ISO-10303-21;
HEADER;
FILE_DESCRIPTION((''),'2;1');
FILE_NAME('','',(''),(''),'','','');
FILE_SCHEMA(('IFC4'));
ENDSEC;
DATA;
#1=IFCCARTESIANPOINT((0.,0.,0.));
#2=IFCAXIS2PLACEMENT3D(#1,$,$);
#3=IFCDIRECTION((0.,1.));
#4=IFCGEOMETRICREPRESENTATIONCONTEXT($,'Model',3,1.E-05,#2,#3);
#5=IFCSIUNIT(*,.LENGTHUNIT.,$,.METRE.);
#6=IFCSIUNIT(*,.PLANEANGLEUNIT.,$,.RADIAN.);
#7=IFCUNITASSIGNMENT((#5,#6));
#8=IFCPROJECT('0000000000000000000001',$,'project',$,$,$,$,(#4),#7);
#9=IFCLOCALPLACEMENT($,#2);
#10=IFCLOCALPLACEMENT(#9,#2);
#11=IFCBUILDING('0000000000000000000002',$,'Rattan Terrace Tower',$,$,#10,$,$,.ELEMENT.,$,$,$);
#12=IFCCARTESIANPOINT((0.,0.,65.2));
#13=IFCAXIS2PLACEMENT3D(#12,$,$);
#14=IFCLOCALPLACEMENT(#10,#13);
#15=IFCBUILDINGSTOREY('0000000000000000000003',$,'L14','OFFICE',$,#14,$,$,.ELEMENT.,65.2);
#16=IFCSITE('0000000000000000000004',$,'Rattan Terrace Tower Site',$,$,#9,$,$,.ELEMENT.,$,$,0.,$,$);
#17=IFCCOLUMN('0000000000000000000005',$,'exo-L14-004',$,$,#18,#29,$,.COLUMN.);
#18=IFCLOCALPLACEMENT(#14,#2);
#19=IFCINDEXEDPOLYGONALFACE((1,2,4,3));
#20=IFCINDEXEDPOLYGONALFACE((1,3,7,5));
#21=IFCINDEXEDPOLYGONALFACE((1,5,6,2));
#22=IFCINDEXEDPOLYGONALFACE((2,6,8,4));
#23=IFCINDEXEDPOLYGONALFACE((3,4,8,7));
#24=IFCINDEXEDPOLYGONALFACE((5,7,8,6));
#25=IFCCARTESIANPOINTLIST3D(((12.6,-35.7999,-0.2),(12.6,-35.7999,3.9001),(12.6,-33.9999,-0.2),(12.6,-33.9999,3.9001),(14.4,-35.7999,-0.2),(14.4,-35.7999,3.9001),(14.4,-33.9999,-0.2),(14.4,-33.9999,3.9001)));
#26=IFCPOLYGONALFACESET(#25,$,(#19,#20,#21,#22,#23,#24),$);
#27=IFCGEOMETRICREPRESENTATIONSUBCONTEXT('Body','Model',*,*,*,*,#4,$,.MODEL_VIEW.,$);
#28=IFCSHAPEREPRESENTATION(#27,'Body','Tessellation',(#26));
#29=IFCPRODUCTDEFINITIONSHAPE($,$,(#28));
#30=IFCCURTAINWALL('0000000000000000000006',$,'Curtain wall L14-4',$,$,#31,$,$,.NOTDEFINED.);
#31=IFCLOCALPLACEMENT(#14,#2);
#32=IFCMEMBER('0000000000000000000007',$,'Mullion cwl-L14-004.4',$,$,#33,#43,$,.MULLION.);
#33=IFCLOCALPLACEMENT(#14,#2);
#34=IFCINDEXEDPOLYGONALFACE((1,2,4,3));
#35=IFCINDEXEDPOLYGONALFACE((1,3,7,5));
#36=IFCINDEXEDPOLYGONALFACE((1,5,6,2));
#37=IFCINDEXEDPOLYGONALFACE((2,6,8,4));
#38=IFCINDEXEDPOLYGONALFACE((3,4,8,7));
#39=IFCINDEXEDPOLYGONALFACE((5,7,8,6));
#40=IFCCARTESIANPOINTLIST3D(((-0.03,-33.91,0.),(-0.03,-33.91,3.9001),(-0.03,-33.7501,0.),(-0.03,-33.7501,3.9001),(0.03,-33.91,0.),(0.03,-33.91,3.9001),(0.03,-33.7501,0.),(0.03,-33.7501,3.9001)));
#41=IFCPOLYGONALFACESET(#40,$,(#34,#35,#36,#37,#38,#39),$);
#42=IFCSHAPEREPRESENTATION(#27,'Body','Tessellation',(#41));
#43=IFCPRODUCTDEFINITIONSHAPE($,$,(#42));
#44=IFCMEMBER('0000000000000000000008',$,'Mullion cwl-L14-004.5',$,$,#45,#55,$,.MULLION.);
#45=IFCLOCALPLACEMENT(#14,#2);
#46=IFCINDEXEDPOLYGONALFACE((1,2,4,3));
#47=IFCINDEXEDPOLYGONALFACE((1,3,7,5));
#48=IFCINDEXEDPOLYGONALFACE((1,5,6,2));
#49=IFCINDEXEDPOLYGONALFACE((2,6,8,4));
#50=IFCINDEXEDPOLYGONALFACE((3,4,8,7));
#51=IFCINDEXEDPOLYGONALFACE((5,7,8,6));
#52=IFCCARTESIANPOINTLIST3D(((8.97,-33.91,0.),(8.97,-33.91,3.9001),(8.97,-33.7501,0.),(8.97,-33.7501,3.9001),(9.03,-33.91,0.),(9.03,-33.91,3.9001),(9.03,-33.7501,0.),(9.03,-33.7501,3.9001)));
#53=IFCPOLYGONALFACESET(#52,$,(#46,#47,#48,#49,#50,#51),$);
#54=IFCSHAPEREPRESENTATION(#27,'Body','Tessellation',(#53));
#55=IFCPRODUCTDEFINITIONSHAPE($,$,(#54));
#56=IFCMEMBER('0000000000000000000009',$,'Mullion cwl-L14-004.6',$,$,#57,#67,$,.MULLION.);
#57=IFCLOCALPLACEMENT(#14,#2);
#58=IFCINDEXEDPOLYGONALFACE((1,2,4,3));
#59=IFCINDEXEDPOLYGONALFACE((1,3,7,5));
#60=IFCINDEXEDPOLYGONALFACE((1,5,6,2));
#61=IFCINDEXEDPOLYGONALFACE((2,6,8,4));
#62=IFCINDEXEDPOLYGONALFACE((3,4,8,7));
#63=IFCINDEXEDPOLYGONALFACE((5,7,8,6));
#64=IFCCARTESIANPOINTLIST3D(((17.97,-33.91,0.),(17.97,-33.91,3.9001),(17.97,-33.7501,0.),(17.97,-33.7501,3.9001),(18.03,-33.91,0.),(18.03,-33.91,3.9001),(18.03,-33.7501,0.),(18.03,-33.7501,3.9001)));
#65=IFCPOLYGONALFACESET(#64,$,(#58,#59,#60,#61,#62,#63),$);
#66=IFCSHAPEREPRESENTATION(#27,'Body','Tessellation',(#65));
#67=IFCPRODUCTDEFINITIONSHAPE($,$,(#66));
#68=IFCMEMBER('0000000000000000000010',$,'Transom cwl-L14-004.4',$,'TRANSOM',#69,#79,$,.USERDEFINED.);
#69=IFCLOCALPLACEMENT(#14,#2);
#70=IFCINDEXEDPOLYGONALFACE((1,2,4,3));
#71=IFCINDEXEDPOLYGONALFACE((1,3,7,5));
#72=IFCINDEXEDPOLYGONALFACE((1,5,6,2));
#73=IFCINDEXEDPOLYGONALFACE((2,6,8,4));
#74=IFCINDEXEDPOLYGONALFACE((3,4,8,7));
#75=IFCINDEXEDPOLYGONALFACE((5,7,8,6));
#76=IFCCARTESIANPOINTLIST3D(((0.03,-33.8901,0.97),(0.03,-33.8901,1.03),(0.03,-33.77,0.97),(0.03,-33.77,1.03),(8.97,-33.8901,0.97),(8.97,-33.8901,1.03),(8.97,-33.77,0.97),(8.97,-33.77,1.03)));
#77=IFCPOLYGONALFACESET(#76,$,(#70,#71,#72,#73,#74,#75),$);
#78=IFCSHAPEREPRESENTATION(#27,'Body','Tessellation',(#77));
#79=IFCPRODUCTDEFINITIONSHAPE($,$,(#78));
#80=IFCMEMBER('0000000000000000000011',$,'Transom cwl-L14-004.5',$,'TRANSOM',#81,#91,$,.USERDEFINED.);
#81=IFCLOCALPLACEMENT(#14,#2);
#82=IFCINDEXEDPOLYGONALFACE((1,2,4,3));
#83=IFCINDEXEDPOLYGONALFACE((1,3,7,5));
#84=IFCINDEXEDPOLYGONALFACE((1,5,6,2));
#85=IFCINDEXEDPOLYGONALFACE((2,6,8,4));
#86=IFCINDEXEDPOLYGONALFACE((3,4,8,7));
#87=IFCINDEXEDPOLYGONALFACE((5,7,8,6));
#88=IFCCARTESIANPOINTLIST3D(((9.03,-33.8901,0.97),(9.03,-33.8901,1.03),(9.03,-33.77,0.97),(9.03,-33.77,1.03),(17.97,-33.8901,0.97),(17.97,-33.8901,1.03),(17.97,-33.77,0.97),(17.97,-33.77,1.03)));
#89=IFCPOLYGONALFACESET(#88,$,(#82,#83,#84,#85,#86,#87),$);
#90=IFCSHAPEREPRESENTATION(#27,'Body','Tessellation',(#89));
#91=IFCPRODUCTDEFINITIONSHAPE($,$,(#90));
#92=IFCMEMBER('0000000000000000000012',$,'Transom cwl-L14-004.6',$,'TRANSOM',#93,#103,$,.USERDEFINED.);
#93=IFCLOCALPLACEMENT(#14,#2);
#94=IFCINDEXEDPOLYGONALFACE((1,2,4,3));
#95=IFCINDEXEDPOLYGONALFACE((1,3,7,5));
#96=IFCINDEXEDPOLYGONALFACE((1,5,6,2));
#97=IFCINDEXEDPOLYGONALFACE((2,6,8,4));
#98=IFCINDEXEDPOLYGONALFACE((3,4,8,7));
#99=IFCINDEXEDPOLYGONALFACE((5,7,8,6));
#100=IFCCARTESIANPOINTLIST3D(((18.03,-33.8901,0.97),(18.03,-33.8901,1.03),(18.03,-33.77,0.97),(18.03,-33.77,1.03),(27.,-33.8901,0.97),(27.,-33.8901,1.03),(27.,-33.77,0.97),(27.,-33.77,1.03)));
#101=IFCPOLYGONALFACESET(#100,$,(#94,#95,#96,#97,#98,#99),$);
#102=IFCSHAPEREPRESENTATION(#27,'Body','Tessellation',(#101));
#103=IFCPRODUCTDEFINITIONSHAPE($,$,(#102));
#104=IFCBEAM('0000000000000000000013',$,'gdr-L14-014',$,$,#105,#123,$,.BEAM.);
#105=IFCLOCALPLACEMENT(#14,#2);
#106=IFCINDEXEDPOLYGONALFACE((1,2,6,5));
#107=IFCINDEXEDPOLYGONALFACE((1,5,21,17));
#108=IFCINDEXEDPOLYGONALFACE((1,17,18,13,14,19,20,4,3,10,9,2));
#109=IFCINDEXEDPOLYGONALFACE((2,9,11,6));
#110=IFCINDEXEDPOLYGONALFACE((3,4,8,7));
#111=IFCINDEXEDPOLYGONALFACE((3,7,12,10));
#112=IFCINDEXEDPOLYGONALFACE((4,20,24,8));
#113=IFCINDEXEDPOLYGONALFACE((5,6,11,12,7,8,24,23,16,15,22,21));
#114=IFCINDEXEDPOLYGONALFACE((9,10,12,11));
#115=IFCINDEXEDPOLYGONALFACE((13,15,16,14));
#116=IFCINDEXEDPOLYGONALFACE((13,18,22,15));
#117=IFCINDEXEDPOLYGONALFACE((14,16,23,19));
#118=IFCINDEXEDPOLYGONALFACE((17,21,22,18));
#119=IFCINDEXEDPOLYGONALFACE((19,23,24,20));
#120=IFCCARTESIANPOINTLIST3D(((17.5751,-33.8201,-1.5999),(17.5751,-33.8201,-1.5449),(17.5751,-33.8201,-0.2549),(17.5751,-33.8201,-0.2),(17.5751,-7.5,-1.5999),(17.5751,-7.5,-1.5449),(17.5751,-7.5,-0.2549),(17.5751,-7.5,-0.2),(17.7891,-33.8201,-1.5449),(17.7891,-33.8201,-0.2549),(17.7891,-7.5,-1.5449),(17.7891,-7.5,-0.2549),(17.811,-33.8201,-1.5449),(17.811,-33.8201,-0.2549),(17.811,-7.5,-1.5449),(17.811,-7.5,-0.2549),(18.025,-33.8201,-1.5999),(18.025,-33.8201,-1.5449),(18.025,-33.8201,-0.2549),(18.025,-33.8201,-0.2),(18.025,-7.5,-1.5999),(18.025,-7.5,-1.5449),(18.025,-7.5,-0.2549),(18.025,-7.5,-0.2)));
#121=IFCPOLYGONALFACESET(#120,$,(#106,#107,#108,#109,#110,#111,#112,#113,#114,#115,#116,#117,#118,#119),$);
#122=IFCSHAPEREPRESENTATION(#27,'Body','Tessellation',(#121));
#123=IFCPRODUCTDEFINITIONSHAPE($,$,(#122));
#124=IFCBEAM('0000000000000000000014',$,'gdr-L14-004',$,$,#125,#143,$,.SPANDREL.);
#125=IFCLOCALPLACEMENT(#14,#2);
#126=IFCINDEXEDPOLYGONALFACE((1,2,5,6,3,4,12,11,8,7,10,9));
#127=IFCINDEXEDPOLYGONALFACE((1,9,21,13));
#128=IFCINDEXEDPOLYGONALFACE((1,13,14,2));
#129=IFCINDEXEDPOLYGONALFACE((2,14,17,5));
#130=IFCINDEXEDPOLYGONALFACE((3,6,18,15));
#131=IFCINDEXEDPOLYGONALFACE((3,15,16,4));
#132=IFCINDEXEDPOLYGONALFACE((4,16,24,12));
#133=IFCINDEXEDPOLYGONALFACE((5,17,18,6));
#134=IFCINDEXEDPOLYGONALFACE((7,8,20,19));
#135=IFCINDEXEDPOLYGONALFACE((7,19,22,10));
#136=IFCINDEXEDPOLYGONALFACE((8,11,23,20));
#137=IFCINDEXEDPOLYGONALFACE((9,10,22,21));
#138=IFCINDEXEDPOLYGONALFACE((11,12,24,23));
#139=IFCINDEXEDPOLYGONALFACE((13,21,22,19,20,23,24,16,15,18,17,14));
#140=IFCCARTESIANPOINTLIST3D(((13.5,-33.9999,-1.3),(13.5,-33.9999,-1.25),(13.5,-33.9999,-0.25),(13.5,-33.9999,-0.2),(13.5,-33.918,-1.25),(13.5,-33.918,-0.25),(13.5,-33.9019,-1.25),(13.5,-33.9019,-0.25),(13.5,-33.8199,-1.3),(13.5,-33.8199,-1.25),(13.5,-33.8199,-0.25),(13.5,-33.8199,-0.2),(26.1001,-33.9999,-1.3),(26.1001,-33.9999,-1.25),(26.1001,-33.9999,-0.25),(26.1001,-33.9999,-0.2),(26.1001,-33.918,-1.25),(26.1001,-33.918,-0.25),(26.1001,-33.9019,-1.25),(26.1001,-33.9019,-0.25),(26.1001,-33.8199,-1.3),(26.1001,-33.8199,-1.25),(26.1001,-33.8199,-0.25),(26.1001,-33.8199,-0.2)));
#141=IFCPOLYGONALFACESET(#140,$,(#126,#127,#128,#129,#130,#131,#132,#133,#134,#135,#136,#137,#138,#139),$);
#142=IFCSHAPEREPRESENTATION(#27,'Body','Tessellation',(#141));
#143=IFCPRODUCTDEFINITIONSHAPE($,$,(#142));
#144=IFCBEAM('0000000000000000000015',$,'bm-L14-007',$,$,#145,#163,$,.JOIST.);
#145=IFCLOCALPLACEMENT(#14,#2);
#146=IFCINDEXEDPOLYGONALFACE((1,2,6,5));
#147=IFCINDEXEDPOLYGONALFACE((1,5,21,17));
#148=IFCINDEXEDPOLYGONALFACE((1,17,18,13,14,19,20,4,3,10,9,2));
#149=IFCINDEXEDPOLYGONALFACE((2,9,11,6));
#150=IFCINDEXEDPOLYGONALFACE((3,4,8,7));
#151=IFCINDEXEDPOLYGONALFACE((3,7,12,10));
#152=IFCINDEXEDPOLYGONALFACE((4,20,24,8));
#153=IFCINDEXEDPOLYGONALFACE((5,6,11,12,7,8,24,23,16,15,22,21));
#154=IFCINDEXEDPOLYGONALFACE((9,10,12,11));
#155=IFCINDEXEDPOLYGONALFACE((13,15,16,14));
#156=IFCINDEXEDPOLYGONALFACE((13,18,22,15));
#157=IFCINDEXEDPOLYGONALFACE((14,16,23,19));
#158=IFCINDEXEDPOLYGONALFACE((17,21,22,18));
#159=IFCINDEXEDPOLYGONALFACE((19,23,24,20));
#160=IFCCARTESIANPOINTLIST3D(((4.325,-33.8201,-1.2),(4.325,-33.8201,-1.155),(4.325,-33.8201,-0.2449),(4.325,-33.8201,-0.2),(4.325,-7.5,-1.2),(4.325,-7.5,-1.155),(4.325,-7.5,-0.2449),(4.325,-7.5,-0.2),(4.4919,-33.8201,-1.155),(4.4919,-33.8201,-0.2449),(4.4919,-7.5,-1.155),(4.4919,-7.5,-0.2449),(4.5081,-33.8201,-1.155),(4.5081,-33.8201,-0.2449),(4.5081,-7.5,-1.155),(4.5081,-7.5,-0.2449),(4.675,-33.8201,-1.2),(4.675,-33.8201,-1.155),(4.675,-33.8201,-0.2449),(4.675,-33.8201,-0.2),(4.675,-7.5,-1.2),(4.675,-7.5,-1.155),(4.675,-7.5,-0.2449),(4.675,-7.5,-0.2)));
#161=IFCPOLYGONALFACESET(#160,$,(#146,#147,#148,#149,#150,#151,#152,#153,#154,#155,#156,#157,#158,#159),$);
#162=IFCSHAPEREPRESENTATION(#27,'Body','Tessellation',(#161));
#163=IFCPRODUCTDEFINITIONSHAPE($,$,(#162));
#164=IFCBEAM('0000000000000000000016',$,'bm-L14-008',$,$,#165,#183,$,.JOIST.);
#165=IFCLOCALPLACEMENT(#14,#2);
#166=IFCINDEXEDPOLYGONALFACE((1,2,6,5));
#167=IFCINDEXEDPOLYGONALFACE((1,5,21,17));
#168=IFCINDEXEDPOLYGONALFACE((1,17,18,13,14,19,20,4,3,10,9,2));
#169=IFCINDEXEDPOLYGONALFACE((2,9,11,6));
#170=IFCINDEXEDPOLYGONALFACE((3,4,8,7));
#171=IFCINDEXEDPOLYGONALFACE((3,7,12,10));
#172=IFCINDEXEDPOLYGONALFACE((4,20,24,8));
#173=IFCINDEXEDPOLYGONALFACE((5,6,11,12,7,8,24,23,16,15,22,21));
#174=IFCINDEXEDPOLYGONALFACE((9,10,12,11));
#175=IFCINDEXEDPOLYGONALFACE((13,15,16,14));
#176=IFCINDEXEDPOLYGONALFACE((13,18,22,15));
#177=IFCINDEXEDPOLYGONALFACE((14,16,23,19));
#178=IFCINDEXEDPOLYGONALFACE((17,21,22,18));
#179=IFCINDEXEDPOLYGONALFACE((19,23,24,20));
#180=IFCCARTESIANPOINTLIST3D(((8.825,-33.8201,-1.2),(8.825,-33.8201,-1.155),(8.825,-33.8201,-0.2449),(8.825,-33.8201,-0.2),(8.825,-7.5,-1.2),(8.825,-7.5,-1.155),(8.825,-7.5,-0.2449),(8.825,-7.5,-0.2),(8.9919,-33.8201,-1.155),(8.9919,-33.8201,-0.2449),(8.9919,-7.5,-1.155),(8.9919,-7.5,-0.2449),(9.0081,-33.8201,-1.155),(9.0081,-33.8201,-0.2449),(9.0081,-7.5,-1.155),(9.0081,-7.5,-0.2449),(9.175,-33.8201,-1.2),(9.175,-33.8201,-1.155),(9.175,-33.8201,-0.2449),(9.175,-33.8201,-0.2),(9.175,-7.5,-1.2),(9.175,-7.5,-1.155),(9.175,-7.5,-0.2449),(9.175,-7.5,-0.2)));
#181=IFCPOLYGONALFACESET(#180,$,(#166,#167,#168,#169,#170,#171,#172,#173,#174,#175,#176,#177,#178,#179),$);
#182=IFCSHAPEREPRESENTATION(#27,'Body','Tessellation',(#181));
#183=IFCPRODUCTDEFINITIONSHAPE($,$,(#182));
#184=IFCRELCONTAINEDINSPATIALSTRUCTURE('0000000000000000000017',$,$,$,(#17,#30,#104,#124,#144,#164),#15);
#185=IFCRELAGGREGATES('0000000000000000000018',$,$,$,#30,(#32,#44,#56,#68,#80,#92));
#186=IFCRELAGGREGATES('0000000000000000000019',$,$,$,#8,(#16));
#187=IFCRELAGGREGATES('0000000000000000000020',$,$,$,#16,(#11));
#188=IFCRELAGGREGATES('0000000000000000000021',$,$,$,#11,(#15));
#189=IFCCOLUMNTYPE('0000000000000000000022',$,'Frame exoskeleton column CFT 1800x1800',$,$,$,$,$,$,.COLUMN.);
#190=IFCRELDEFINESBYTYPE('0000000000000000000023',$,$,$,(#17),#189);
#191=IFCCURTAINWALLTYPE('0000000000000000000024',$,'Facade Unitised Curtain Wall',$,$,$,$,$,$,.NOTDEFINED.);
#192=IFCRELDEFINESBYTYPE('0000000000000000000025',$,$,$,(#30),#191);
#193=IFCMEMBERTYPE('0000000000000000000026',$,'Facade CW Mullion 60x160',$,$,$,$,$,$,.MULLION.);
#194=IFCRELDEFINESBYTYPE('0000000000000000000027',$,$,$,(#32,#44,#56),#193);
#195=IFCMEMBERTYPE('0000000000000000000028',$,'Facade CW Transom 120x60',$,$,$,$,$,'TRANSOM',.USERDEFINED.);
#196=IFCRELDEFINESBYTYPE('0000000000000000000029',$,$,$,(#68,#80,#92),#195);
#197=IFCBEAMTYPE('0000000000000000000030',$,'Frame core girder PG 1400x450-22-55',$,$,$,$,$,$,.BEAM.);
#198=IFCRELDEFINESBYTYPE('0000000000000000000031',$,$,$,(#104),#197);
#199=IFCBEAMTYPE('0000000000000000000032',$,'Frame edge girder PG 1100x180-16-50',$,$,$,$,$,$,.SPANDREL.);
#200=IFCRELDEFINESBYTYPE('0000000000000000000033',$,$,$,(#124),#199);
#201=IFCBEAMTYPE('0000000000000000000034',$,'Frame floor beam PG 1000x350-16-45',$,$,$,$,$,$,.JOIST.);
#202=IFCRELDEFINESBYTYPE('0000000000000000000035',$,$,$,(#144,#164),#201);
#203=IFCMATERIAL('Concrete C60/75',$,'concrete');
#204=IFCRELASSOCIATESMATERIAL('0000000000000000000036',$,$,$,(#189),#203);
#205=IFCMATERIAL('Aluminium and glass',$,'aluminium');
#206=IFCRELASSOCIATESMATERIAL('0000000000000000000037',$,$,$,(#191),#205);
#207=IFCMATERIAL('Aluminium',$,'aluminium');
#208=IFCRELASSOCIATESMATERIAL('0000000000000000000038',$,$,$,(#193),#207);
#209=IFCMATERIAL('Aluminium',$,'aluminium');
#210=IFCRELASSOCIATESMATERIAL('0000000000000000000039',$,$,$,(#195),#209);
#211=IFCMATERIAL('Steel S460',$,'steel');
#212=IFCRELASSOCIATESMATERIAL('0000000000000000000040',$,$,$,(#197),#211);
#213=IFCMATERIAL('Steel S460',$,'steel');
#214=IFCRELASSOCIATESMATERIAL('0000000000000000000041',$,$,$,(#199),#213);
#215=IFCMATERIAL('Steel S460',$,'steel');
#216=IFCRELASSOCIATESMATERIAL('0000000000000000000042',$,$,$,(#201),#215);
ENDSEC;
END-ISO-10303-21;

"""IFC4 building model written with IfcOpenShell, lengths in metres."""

from ifc_helpers import new_model, si_unit, direction, frame, origin, origin_2d, place, context, subcontext, project, spatial, rectangle, i_section, extrude, material, material_profile, profile_set, type_object, element, aggregate, save


model = new_model("IFC4")

# Units and contexts
model_context = context("Model", 3, precision=1e-05, world=origin(), true_north=direction((0.0, 1.0)))
body_context = subcontext(model_context, "Body", "Model", "MODEL_VIEW")
ifc_project = project(units=[si_unit("LENGTHUNIT", "METRE"), si_unit("PLANEANGLEUNIT", "RADIAN")], contexts=[model_context])

# Site, building, storey
site_placement = place(None, origin())
site = spatial("IfcSite", under=ifc_project, at=site_placement, Name="Rattan Terrace Tower Site", CompositionType="ELEMENT", RefElevation=0.0)
building_placement = place(site_placement, origin())
building = spatial("IfcBuilding", under=site, at=building_placement, Name="Rattan Terrace Tower", CompositionType="ELEMENT")
storey_placement = place(building_placement, frame((0.0, 0.0, 65.2)))
storey = spatial("IfcBuildingStorey", under=building, at=storey_placement, Name="L14", Description="OFFICE", CompositionType="ELEMENT", Elevation=65.2)

# Column
ifc_material_1 = material(Name="Concrete C60/75", Category="concrete")
ifc_material_profile_1 = material_profile(ifc_material_1, rectangle(XDim=1.8, YDim=1.8, at=origin_2d()), Name="CFT 1800x1800")
ifc_profile_set_1 = profile_set([ifc_material_profile_1], Name="Concrete C60/75")
column_type = type_object("IfcColumnType", Name="Frame exoskeleton column CFT 1800x1800", PredefinedType="COLUMN", material=ifc_profile_set_1)
column_placement = place(storey_placement, frame((13.5, -34.8999, -0.2), z_axis=(0.0, 0.0, 1.0), x_axis=(1.0, 0.0, 0.0)))
element("IfcColumn", 1, at=column_placement, inside=storey, type_object=column_type, Name="exo-L14-004", PredefinedType="COLUMN", context=body_context, shape_type="SweptSolid", body=[
    extrude(rectangle(XDim=1.8, YDim=1.8, at=origin_2d()), origin(), (0.0, 0.0, 1.0), 4.1001),
])

# Curtain wall, members
ifc_material_2 = material(Name="Aluminium and glass", Category="aluminium")
curtain_wall_type = type_object("IfcCurtainWallType", Name="Facade Unitised Curtain Wall", PredefinedType="NOTDEFINED", material=ifc_material_2)
curtain_wall_placement = place(storey_placement, origin())
curtain_wall = element("IfcCurtainWall", 2, at=curtain_wall_placement, inside=storey, type_object=curtain_wall_type, Name="Curtain wall L14-4", PredefinedType="NOTDEFINED")
ifc_material_3 = material(Name="Aluminium", Category="aluminium")
ifc_material_profile_2 = material_profile(ifc_material_3, rectangle(XDim=0.0601, YDim=0.1599, at=origin_2d()), Name="Aluminium 60x160")
ifc_profile_set_2 = profile_set([ifc_material_profile_2], Name="Aluminium")
member_type_1 = type_object("IfcMemberType", Name="Facade CW Mullion 60x160", PredefinedType="MULLION", material=ifc_profile_set_2)
member_1_placement = place(storey_placement, frame((0.0, -33.8301, 0.0), z_axis=(0.0, 0.0, 1.0), x_axis=(1.0, 0.0, 0.0)))
member_1 = element("IfcMember", 3, at=member_1_placement, type_object=member_type_1, Name="Mullion cwl-L14-004.4", PredefinedType="MULLION", context=body_context, shape_type="SweptSolid", body=[
    extrude(rectangle(XDim=0.0601, YDim=0.1599, at=origin_2d()), origin(), (0.0, 0.0, 1.0), 3.9001),
])
member_2_placement = place(storey_placement, frame((9.0, -33.8301, 0.0), z_axis=(0.0, 0.0, 1.0), x_axis=(1.0, 0.0, 0.0)))
member_2 = element("IfcMember", 4, at=member_2_placement, type_object=member_type_1, Name="Mullion cwl-L14-004.5", PredefinedType="MULLION", context=body_context, shape_type="SweptSolid", body=[
    extrude(rectangle(XDim=0.0601, YDim=0.1599, at=origin_2d()), origin(), (0.0, 0.0, 1.0), 3.9001),
])
member_3_placement = place(storey_placement, frame((18.0, -33.8301, 0.0), z_axis=(0.0, 0.0, 1.0), x_axis=(1.0, 0.0, 0.0)))
member_3 = element("IfcMember", 5, at=member_3_placement, type_object=member_type_1, Name="Mullion cwl-L14-004.6", PredefinedType="MULLION", context=body_context, shape_type="SweptSolid", body=[
    extrude(rectangle(XDim=0.0601, YDim=0.1599, at=origin_2d()), origin(), (0.0, 0.0, 1.0), 3.9001),
])
ifc_material_4 = material(Name="Aluminium", Category="aluminium")
ifc_material_profile_3 = material_profile(ifc_material_4, rectangle(XDim=0.1201, YDim=0.0601, at=origin_2d()), Name="Aluminium 120x60")
ifc_profile_set_3 = profile_set([ifc_material_profile_3], Name="Aluminium")
member_type_2 = type_object("IfcMemberType", Name="Facade CW Transom 120x60", ElementType="TRANSOM", PredefinedType="USERDEFINED", material=ifc_profile_set_3)
member_4_placement = place(storey_placement, frame((0.03, -33.8301, 1.0), z_axis=(1.0, 0.0, 0.0), x_axis=(0.0, 1.0, 0.0)))
member_4 = element("IfcMember", 6, at=member_4_placement, type_object=member_type_2, Name="Transom cwl-L14-004.4", ObjectType="TRANSOM", PredefinedType="USERDEFINED", context=body_context, shape_type="SweptSolid", body=[
    extrude(rectangle(XDim=0.1201, YDim=0.0601, at=origin_2d()), origin(), (0.0, 0.0, 1.0), 8.9399),
])
member_5_placement = place(storey_placement, frame((9.03, -33.8301, 1.0), z_axis=(1.0, 0.0, 0.0), x_axis=(0.0, 1.0, 0.0)))
member_5 = element("IfcMember", 7, at=member_5_placement, type_object=member_type_2, Name="Transom cwl-L14-004.5", ObjectType="TRANSOM", PredefinedType="USERDEFINED", context=body_context, shape_type="SweptSolid", body=[
    extrude(rectangle(XDim=0.1201, YDim=0.0601, at=origin_2d()), origin(), (0.0, 0.0, 1.0), 8.9399),
])
member_6_placement = place(storey_placement, frame((18.03, -33.8301, 1.0), z_axis=(1.0, 0.0, 0.0), x_axis=(0.0, 1.0, 0.0)))
member_6 = element("IfcMember", 8, at=member_6_placement, type_object=member_type_2, Name="Transom cwl-L14-004.6", ObjectType="TRANSOM", PredefinedType="USERDEFINED", context=body_context, shape_type="SweptSolid", body=[
    extrude(rectangle(XDim=0.1201, YDim=0.0601, at=origin_2d()), origin(), (0.0, 0.0, 1.0), 8.97),
])

# Beams
ifc_material_5 = material(Name="Steel S460", Category="steel")
ifc_material_profile_4 = material_profile(ifc_material_5, i_section(OverallWidth=0.45, OverallDepth=1.3999, WebThickness=0.022, FlangeThickness=0.0549, at=origin_2d()), Name="PG 1400x450-22-55")
ifc_profile_set_4 = profile_set([ifc_material_profile_4], Name="Steel S460")
beam_type_1 = type_object("IfcBeamType", Name="Frame core girder PG 1400x450-22-55", PredefinedType="BEAM", material=ifc_profile_set_4)
beam_1_placement = place(storey_placement, frame((17.8, -33.8201, -0.8999), z_axis=(0.0, 1.0, 0.0), x_axis=(-1.0, 0.0, 0.0)))
element("IfcBeam", 9, at=beam_1_placement, inside=storey, type_object=beam_type_1, Name="gdr-L14-014", PredefinedType="BEAM", context=body_context, shape_type="SweptSolid", body=[
    extrude(i_section(OverallWidth=0.45, OverallDepth=1.3999, WebThickness=0.022, FlangeThickness=0.0549, at=origin_2d()), origin(), (0.0, 0.0, 1.0), 26.3201),
])
ifc_material_6 = material(Name="Steel S460", Category="steel")
ifc_material_profile_5 = material_profile(ifc_material_6, i_section(OverallWidth=0.1799, OverallDepth=1.1001, WebThickness=0.0161, FlangeThickness=0.05, at=origin_2d()), Name="PG 1100x180-16-50")
ifc_profile_set_5 = profile_set([ifc_material_profile_5], Name="Steel S460")
beam_type_2 = type_object("IfcBeamType", Name="Frame edge girder PG 1100x180-16-50", PredefinedType="SPANDREL", material=ifc_profile_set_5)
beam_2_placement = place(storey_placement, frame((13.5, -33.9099, -0.75), z_axis=(1.0, 0.0, 0.0), x_axis=(0.0, 1.0, 0.0)))
element("IfcBeam", 10, at=beam_2_placement, inside=storey, type_object=beam_type_2, Name="gdr-L14-004", PredefinedType="SPANDREL", context=body_context, shape_type="SweptSolid", body=[
    extrude(i_section(OverallWidth=0.1799, OverallDepth=1.1001, WebThickness=0.0161, FlangeThickness=0.05, at=origin_2d()), origin(), (0.0, 0.0, 1.0), 12.6001),
])
ifc_material_7 = material(Name="Steel S460", Category="steel")
ifc_material_profile_6 = material_profile(ifc_material_7, i_section(OverallWidth=0.3501, OverallDepth=1.0, WebThickness=0.0161, FlangeThickness=0.0449, at=origin_2d()), Name="PG 1000x350-16-45")
ifc_profile_set_6 = profile_set([ifc_material_profile_6], Name="Steel S460")
beam_type_3 = type_object("IfcBeamType", Name="Frame floor beam PG 1000x350-16-45", PredefinedType="JOIST", material=ifc_profile_set_6)
for number, where, z_axis, x_axis, name in (
    (11, (4.5, -33.8201, -0.7), (0.0, 1.0, 0.0), (-1.0, 0.0, 0.0), "bm-L14-007"),
    (12, (9.0, -33.8201, -0.7), (0.0, 1.0, 0.0), (-1.0, 0.0, 0.0), "bm-L14-008"),
):
    element("IfcBeam", number, at=place(storey_placement, frame(where, z_axis=z_axis, x_axis=x_axis)), inside=storey, type_object=beam_type_3, Name=name, PredefinedType="JOIST", context=body_context, shape_type="SweptSolid", body=[
        extrude(i_section(OverallWidth=0.3501, OverallDepth=1.0, WebThickness=0.0161, FlangeThickness=0.0449, at=origin_2d()), origin(), (0.0, 0.0, 1.0), 26.3201),
    ])

aggregate(curtain_wall, [member_1, member_2, member_3, member_4, member_5, member_6])

save(model, "model.ifc")
